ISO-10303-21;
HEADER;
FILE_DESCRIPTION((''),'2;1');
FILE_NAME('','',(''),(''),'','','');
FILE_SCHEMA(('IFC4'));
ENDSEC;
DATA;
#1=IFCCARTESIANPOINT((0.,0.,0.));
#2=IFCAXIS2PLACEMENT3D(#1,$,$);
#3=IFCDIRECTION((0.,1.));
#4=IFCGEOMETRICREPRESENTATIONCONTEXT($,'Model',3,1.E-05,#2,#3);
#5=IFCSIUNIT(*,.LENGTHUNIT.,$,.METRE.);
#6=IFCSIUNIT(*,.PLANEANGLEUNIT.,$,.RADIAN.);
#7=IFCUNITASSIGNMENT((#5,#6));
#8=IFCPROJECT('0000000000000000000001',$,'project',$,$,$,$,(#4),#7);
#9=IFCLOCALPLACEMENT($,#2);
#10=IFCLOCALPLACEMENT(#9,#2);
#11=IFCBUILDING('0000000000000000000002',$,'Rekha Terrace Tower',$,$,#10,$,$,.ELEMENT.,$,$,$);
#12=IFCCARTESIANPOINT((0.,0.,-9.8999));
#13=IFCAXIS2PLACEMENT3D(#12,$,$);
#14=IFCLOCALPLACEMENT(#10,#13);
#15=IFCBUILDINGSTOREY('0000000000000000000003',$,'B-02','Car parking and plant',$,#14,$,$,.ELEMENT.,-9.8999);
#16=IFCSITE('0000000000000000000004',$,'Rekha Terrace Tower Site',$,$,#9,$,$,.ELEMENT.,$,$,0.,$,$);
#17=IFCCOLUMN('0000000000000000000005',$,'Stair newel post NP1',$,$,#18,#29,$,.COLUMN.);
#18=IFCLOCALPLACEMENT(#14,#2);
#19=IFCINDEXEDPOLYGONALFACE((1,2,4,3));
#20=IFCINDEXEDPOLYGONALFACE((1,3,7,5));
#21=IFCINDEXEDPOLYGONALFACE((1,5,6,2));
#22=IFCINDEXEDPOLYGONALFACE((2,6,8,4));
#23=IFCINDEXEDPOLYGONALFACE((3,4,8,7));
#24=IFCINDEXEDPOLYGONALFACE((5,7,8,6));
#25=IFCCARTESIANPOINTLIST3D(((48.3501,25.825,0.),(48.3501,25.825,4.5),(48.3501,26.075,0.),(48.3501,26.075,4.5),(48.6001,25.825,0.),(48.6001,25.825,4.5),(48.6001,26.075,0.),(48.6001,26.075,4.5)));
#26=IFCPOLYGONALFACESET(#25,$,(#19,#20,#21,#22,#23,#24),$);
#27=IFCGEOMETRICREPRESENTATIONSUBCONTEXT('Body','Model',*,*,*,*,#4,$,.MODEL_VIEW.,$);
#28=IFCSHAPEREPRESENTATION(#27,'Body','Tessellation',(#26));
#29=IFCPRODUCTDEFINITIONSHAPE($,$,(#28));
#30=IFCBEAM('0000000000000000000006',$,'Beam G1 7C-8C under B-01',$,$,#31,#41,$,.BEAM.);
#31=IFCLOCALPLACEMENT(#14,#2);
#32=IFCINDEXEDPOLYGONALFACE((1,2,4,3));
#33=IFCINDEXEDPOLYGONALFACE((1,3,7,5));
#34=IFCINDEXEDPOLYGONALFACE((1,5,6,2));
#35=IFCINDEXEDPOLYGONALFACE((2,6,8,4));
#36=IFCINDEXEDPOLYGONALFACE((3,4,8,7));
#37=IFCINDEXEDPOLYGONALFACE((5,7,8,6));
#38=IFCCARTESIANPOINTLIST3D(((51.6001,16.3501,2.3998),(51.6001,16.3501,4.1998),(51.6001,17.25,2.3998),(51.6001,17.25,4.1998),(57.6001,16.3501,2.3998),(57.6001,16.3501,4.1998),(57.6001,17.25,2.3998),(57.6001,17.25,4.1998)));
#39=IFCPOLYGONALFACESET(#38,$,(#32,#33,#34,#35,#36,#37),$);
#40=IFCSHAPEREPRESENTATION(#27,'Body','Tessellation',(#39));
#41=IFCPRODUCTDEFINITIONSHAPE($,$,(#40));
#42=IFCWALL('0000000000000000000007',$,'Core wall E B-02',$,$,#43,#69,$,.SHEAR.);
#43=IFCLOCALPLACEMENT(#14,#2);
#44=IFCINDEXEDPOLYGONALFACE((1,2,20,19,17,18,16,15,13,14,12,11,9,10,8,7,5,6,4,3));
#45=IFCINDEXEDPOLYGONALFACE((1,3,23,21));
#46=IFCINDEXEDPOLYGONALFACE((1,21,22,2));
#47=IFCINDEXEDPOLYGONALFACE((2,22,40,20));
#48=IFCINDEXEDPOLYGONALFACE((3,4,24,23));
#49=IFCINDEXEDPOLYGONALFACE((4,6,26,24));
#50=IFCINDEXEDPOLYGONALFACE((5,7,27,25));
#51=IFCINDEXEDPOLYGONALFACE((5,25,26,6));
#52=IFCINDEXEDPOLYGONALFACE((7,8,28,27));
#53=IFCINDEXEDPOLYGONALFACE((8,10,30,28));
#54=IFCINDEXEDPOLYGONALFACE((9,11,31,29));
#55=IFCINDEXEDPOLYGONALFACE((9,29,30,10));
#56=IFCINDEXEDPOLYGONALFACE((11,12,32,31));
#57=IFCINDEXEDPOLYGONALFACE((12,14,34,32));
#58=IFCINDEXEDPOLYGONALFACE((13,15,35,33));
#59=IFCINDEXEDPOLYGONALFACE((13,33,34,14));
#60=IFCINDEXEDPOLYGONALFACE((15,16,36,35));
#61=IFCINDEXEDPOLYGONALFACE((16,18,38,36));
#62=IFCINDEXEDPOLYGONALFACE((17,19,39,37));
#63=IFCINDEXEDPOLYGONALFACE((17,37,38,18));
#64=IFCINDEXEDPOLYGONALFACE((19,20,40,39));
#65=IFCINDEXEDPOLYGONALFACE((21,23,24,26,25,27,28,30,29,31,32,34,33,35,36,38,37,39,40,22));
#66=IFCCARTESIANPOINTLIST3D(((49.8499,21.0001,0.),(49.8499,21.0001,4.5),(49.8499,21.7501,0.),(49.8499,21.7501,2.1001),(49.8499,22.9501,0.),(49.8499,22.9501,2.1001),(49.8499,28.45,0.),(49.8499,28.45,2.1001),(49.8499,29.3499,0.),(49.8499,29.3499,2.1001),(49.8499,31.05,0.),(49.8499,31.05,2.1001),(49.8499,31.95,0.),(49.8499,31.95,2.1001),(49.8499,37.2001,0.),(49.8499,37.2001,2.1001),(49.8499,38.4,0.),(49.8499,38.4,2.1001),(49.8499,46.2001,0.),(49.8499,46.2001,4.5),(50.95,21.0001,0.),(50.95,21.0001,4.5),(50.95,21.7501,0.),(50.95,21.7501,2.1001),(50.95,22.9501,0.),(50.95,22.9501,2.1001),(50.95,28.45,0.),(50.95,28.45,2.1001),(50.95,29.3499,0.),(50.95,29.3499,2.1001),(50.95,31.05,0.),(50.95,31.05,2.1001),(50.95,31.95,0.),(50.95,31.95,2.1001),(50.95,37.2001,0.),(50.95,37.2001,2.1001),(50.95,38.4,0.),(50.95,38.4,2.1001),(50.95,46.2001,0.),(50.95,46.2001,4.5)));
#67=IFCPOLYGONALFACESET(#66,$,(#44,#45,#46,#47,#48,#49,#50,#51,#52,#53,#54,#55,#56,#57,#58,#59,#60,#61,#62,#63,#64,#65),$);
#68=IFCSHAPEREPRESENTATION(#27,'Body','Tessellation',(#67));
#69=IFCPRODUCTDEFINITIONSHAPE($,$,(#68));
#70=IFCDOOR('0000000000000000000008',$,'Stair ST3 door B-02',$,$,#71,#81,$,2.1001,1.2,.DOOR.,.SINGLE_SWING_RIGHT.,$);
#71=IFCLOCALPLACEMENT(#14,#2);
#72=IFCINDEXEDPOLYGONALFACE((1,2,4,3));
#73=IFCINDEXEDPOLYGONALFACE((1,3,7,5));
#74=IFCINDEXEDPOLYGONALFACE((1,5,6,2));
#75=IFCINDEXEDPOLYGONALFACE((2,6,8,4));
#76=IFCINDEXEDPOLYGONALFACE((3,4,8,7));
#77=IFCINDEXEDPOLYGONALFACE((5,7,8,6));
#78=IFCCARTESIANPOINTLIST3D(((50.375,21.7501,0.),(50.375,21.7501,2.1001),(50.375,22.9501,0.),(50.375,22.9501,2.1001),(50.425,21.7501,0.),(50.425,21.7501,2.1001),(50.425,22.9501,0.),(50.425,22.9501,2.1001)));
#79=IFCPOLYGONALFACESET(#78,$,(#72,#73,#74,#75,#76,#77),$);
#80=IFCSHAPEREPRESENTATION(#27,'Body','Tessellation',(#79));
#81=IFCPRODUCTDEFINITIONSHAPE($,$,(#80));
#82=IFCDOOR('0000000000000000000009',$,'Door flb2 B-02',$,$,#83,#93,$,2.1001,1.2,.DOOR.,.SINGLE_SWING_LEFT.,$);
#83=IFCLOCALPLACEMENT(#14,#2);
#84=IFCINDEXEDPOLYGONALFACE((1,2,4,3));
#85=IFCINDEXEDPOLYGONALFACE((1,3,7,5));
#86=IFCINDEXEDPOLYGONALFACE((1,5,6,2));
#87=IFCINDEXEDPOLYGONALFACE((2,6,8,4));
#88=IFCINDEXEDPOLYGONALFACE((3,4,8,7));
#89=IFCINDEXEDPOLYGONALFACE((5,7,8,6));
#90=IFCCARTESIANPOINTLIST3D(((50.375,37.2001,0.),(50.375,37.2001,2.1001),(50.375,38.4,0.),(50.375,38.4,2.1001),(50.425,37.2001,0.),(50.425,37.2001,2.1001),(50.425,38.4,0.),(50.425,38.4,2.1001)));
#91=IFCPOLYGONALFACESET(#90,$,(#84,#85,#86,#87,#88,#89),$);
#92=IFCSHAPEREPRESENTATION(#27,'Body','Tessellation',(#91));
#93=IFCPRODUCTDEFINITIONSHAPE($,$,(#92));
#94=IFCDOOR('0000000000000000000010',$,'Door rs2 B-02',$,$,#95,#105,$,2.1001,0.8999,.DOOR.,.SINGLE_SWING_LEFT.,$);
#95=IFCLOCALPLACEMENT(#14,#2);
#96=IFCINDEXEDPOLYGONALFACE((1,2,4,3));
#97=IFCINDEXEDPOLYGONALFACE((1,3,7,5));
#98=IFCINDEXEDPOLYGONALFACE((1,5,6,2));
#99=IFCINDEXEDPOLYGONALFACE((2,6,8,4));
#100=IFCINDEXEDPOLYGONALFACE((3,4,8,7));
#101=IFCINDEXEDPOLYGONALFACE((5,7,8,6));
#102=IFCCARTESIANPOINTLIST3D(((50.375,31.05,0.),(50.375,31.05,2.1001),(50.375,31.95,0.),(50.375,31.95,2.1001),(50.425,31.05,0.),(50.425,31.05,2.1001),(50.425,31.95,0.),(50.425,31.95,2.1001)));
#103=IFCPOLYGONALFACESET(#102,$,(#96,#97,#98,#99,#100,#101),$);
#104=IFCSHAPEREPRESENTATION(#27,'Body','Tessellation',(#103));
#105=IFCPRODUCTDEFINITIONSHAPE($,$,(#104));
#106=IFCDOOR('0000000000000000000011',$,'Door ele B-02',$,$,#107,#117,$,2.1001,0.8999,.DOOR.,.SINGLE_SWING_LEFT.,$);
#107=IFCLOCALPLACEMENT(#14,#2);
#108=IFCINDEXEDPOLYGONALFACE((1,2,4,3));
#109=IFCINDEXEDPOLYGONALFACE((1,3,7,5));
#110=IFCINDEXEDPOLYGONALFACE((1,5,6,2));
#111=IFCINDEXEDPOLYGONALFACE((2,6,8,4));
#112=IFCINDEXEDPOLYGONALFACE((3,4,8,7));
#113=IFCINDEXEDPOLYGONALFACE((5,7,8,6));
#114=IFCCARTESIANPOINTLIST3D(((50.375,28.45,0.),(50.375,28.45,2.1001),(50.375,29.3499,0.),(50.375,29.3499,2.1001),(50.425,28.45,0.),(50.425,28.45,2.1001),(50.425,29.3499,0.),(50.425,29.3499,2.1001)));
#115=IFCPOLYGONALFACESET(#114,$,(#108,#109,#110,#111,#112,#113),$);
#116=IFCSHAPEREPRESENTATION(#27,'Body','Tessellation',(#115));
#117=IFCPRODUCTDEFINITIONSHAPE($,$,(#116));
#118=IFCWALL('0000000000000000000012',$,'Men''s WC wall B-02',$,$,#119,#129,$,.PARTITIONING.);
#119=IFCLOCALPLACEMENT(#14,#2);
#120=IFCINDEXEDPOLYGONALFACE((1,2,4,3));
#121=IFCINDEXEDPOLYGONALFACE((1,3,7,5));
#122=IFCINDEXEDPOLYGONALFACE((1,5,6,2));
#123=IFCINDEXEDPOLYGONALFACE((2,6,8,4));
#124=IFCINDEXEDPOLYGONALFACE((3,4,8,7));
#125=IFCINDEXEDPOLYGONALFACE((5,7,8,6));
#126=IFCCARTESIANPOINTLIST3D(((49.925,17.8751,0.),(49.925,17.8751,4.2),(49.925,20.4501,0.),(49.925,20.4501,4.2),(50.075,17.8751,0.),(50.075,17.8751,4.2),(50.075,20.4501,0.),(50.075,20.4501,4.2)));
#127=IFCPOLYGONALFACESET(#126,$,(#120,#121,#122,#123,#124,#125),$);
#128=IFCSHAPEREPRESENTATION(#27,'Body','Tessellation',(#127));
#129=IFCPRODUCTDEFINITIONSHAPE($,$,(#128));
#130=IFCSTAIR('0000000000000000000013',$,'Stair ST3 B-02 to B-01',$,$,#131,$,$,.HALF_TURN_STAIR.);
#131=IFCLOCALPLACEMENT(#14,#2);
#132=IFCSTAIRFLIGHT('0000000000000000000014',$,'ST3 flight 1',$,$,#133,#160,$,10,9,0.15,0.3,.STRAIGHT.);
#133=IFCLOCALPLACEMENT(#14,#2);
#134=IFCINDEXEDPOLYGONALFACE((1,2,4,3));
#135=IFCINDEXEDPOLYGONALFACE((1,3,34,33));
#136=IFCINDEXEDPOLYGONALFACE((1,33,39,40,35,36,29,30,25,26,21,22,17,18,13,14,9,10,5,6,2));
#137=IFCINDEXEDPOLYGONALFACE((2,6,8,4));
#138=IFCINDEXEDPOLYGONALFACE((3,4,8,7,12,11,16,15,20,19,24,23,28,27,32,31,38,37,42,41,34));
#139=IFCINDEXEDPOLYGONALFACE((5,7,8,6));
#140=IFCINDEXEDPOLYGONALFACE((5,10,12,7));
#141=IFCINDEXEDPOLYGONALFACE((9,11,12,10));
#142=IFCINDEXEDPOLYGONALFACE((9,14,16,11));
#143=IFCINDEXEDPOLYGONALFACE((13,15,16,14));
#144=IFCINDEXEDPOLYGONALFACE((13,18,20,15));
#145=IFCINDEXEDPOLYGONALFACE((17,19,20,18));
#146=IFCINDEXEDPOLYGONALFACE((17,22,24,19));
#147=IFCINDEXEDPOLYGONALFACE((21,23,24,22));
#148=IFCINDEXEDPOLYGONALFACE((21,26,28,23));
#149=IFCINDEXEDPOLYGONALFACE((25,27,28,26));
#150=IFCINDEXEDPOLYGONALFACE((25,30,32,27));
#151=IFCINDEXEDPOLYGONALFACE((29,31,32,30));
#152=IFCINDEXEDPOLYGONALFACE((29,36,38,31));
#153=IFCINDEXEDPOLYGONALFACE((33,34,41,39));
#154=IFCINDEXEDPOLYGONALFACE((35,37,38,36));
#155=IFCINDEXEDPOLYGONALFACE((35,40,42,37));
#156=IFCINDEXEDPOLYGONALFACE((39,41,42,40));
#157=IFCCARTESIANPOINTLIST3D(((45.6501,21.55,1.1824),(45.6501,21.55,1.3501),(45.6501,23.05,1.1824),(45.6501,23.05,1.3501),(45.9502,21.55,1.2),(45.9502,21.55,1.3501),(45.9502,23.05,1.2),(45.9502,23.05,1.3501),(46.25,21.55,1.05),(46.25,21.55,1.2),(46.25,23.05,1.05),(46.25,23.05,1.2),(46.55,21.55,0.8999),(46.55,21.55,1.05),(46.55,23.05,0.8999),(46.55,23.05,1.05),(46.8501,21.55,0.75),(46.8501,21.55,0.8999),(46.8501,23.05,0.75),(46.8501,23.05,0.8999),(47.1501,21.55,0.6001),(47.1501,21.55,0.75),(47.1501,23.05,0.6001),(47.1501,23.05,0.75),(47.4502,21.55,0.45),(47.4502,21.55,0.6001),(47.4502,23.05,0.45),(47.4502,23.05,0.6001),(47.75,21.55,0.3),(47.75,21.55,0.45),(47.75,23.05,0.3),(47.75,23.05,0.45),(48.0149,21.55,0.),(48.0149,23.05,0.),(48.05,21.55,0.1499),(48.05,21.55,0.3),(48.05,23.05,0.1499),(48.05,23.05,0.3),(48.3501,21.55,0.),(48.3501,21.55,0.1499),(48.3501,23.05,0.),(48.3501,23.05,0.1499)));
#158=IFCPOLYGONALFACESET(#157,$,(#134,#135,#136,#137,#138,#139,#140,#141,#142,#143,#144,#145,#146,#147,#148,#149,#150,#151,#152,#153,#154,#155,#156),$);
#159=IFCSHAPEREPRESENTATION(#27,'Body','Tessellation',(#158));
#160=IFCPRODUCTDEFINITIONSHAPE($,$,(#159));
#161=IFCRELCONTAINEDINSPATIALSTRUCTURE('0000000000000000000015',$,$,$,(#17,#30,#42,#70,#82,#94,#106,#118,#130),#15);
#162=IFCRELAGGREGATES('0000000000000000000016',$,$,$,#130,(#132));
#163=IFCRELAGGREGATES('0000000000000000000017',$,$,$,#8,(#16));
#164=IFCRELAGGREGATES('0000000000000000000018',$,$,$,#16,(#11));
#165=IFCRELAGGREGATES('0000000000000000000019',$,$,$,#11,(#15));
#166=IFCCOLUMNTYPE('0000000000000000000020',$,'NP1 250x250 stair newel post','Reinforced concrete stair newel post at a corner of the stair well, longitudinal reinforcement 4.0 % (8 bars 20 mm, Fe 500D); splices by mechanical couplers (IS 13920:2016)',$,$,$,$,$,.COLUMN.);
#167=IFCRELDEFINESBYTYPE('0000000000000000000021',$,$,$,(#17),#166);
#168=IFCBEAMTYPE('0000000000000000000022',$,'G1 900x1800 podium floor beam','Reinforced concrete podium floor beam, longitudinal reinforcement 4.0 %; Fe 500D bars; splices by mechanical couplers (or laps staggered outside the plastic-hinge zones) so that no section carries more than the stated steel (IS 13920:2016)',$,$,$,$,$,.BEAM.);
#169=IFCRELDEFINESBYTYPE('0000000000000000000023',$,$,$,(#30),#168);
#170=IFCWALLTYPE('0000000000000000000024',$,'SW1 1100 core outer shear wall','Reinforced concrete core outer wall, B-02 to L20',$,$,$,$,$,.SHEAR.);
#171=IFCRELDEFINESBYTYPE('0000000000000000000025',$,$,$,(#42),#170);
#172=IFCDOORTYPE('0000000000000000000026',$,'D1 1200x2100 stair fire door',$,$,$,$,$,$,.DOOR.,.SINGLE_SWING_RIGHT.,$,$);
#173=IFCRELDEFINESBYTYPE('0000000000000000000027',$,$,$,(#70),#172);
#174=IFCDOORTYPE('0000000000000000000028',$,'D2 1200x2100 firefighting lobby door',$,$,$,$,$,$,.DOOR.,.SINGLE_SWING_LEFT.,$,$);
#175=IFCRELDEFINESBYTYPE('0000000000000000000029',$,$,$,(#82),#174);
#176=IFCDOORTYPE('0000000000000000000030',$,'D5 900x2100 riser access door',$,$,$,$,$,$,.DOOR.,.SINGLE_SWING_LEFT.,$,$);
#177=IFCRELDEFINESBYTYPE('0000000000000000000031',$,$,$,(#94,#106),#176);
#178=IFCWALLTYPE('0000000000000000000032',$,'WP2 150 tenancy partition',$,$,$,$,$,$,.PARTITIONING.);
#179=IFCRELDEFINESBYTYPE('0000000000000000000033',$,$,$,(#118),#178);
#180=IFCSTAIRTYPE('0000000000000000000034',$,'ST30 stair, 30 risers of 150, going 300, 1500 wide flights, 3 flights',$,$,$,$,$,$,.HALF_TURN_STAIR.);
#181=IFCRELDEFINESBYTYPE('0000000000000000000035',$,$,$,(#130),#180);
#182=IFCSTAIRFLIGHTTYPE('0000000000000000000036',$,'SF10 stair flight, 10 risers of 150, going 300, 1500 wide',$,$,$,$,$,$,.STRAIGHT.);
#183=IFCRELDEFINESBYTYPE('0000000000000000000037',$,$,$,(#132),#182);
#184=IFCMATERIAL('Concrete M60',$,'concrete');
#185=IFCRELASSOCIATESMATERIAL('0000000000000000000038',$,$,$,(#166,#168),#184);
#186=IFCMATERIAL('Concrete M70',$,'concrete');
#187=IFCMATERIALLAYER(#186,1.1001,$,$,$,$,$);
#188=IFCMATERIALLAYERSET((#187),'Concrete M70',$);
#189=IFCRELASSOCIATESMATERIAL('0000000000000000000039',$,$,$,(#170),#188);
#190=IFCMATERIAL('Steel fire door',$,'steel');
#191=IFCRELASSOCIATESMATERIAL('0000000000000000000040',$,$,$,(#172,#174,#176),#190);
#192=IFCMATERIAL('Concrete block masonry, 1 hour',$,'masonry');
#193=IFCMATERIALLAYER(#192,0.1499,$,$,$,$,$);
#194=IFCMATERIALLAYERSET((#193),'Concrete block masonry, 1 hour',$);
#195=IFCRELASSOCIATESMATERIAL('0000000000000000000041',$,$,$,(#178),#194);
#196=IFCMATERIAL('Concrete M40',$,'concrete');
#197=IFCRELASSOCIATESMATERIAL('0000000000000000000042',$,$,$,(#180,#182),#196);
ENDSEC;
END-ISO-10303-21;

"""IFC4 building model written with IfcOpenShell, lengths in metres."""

from ifc_helpers import new_model, si_unit, direction, frame, frame_2d, origin, origin_2d, place, context, subcontext, project, spatial, polyline, rectangle, outline, extrude, material, layer, layer_set, material_profile, profile_set, type_object, element, fill, aggregate, save


model = new_model("IFC4")

# Units and contexts
model_context = context("Model", 3, precision=1e-05, world=origin(), true_north=direction((0.0, 1.0)))
body_context = subcontext(model_context, "Body", "Model", "MODEL_VIEW")
ifc_project = project(units=[si_unit("LENGTHUNIT", "METRE"), si_unit("PLANEANGLEUNIT", "RADIAN")], contexts=[model_context])

# Site, building, storey
site_placement = place(None, origin())
site = spatial("IfcSite", under=ifc_project, at=site_placement, Name="Rekha Terrace Tower Site", CompositionType="ELEMENT", RefElevation=0.0)
building_placement = place(site_placement, origin())
building = spatial("IfcBuilding", under=site, at=building_placement, Name="Rekha Terrace Tower", CompositionType="ELEMENT")
storey_placement = place(building_placement, frame((0.0, 0.0, -9.8999)))
storey = spatial("IfcBuildingStorey", under=building, at=storey_placement, Name="B-02", Description="Car parking and plant", CompositionType="ELEMENT", Elevation=-9.8999)

# Column
ifc_material_1 = material(Name="Concrete M70", Category="concrete")
ifc_material_2 = material(Name="Concrete M60", Category="concrete")
ifc_material_profile_1 = material_profile(ifc_material_2, rectangle(XDim=0.25, YDim=0.25, at=origin_2d()), Name="RC 250x250")
ifc_profile_set_1 = profile_set([ifc_material_profile_1], Name="Concrete M60")
column_type_1 = type_object("IfcColumnType", Name="NP1 250x250 stair newel post", Description="Reinforced concrete stair newel post at a corner of the stair well, longitudinal reinforcement 4.0 % (8 bars 20 mm, Fe 500D); splices by mechanical couplers (IS 13920:2016)", PredefinedType="COLUMN", material=ifc_profile_set_1)
for number, where, z_axis, x_axis, name in (
    (1, (48.4751, 25.95, 0.0), (0.0, 0.0, 1.0), (1.0, 0.0, 0.0), "Stair newel post NP1"),
):
    element("IfcColumn", number, at=place(storey_placement, frame(where, z_axis=z_axis, x_axis=x_axis)), inside=storey, type_object=column_type_1, Name=name, PredefinedType="COLUMN", context=body_context, shape_type="SweptSolid", body=[
        extrude(rectangle(XDim=0.25, YDim=0.25, at=origin_2d()), origin(), (0.0, 0.0, 1.0), 4.5),
    ])

# Beam
ifc_material_profile_2 = material_profile(ifc_material_2, rectangle(XDim=0.8999, YDim=1.8, at=origin_2d()), Name="RC 900x1800")
ifc_profile_set_2 = profile_set([ifc_material_profile_2], Name="Concrete M60")
beam_type = type_object("IfcBeamType", Name="G1 900x1800 podium floor beam", Description="Reinforced concrete podium floor beam, longitudinal reinforcement 4.0 %; Fe 500D bars; splices by mechanical couplers (or laps staggered outside the plastic-hinge zones) so that no section carries more than the stated steel (IS 13920:2016)", PredefinedType="BEAM", material=ifc_profile_set_2)
beam_placement = place(storey_placement, frame((51.6001, 16.8, 3.2998), z_axis=(1.0, 0.0, 0.0), x_axis=(0.0, 1.0, 0.0)))
element("IfcBeam", 2, at=beam_placement, inside=storey, type_object=beam_type, Name="Beam G1 7C-8C under B-01", PredefinedType="BEAM", context=body_context, shape_type="SweptSolid", body=[
    extrude(rectangle(XDim=0.8999, YDim=1.8, at=origin_2d()), origin(), (0.0, 0.0, 1.0), 6.0),
])

# Wall, openings, doors
ifc_layer_1 = layer(ifc_material_1, 1.1001)
ifc_layer_set_1 = layer_set([ifc_layer_1], Name="Concrete M70")
wall_type_1 = type_object("IfcWallType", Name="SW1 1100 core outer shear wall", Description="Reinforced concrete core outer wall, B-02 to L20", PredefinedType="SHEAR", material=ifc_layer_set_1)
wall_1_placement = place(storey_placement, frame((50.3999, 21.0, 0.0), z_axis=(0.0, 0.0, 1.0), x_axis=(0.0, 1.0, 0.0)))
wall_1 = element("IfcWall", 3, at=wall_1_placement, inside=storey, type_object=wall_type_1, Name="Core wall E B-02", PredefinedType="SHEAR", context=body_context, shape_type="SweptSolid", body=[
    extrude(rectangle(XDim=25.2, YDim=1.1001, at=frame_2d((12.6001, 0.0))), origin(), (0.0, 0.0, 1.0), 4.5),
])
opening_1_placement = place(wall_1_placement, frame((16.2, 0.0, 0.0)))
opening_1 = element("IfcOpeningElement", 4, at=opening_1_placement, cuts=wall_1, PredefinedType="OPENING", context=body_context, shape_type="SweptSolid", body=[
    extrude(rectangle(XDim=1.2, YDim=2.1001, at=frame_2d((0.6001, 1.05))), frame((0.0, 0.5601, 0.0), z_axis=(0.0, -1.0, 0.0), x_axis=(1.0, 0.0, 0.0)), (0.0, 0.0, 1.0), 1.1201),
])
opening_2_placement = place(wall_1_placement, frame((10.05, 0.0, 0.0)))
opening_2 = element("IfcOpeningElement", 5, at=opening_2_placement, cuts=wall_1, PredefinedType="OPENING", context=body_context, shape_type="SweptSolid", body=[
    extrude(rectangle(XDim=0.8999, YDim=2.1001, at=frame_2d((0.45, 1.05))), frame((0.0, 0.5601, 0.0), z_axis=(0.0, -1.0, 0.0), x_axis=(1.0, 0.0, 0.0)), (0.0, 0.0, 1.0), 1.1201),
])
opening_3_placement = place(wall_1_placement, frame((7.45, 0.0, 0.0)))
opening_3 = element("IfcOpeningElement", 6, at=opening_3_placement, cuts=wall_1, PredefinedType="OPENING", context=body_context, shape_type="SweptSolid", body=[
    extrude(rectangle(XDim=0.8999, YDim=2.1001, at=frame_2d((0.45, 1.05))), frame((0.0, 0.5601, 0.0), z_axis=(0.0, -1.0, 0.0), x_axis=(1.0, 0.0, 0.0)), (0.0, 0.0, 1.0), 1.1201),
])
opening_4_placement = place(wall_1_placement, frame((0.75, 0.0, 0.0)))
opening_4 = element("IfcOpeningElement", 7, at=opening_4_placement, cuts=wall_1, PredefinedType="OPENING", context=body_context, shape_type="SweptSolid", body=[
    extrude(rectangle(XDim=1.2, YDim=2.1001, at=frame_2d((0.6001, 1.05))), frame((0.0, 0.5601, 0.0), z_axis=(0.0, -1.0, 0.0), x_axis=(1.0, 0.0, 0.0)), (0.0, 0.0, 1.0), 1.1201),
])
ifc_material_3 = material(Name="Steel fire door", Category="steel")
door_type_1 = type_object("IfcDoorType", Name="D1 1200x2100 stair fire door", OperationType="SINGLE_SWING_RIGHT", PredefinedType="DOOR", material=ifc_material_3)
door_1_placement = place(opening_4_placement, origin())
door_1 = element("IfcDoor", 8, at=door_1_placement, inside=storey, type_object=door_type_1, Name="Stair ST3 door B-02", OperationType="SINGLE_SWING_RIGHT", OverallHeight=2.1001, OverallWidth=1.2, PredefinedType="DOOR", context=body_context, shape_type="SweptSolid", body=[
    extrude(rectangle(XDim=1.2, YDim=2.1001, at=frame_2d((0.6001, 1.05))), frame((0.0, 0.0249, 0.0), z_axis=(0.0, -1.0, 0.0), x_axis=(1.0, 0.0, 0.0)), (0.0, 0.0, 1.0), 0.05),
])
fill(opening_4, door_1)
door_type_2 = type_object("IfcDoorType", Name="D2 1200x2100 firefighting lobby door", OperationType="SINGLE_SWING_LEFT", PredefinedType="DOOR", material=ifc_material_3)
door_2_placement = place(opening_1_placement, origin())
door_2 = element("IfcDoor", 9, at=door_2_placement, inside=storey, type_object=door_type_2, Name="Door flb2 B-02", OperationType="SINGLE_SWING_LEFT", OverallHeight=2.1001, OverallWidth=1.2, PredefinedType="DOOR", context=body_context, shape_type="SweptSolid", body=[
    extrude(rectangle(XDim=1.2, YDim=2.1001, at=frame_2d((0.6001, 1.05))), frame((0.0, 0.0249, 0.0), z_axis=(0.0, -1.0, 0.0), x_axis=(1.0, 0.0, 0.0)), (0.0, 0.0, 1.0), 0.05),
])
fill(opening_1, door_2)
door_type_3 = type_object("IfcDoorType", Name="D5 900x2100 riser access door", OperationType="SINGLE_SWING_LEFT", PredefinedType="DOOR", material=ifc_material_3)
door_3_placement = place(opening_2_placement, origin())
door_3 = element("IfcDoor", 10, at=door_3_placement, inside=storey, type_object=door_type_3, Name="Door rs2 B-02", OperationType="SINGLE_SWING_LEFT", OverallHeight=2.1001, OverallWidth=0.8999, PredefinedType="DOOR", context=body_context, shape_type="SweptSolid", body=[
    extrude(rectangle(XDim=0.8999, YDim=2.1001, at=frame_2d((0.45, 1.05))), frame((0.0, 0.0249, 0.0), z_axis=(0.0, -1.0, 0.0), x_axis=(1.0, 0.0, 0.0)), (0.0, 0.0, 1.0), 0.05),
])
fill(opening_2, door_3)
door_4_placement = place(opening_3_placement, origin())
door_4 = element("IfcDoor", 11, at=door_4_placement, inside=storey, type_object=door_type_3, Name="Door ele B-02", OperationType="SINGLE_SWING_LEFT", OverallHeight=2.1001, OverallWidth=0.8999, PredefinedType="DOOR", context=body_context, shape_type="SweptSolid", body=[
    extrude(rectangle(XDim=0.8999, YDim=2.1001, at=frame_2d((0.45, 1.05))), frame((0.0, 0.0249, 0.0), z_axis=(0.0, -1.0, 0.0), x_axis=(1.0, 0.0, 0.0)), (0.0, 0.0, 1.0), 0.05),
])
fill(opening_3, door_4)

# Wall
ifc_material_4 = material(Name="Concrete block masonry, 1 hour", Category="masonry")
ifc_layer_2 = layer(ifc_material_4, 0.1499)
ifc_layer_set_2 = layer_set([ifc_layer_2], Name="Concrete block masonry, 1 hour")
wall_type_2 = type_object("IfcWallType", Name="WP2 150 tenancy partition", PredefinedType="PARTITIONING", material=ifc_layer_set_2)
wall_2_placement = place(storey_placement, frame((50.0, 17.875, 0.0), z_axis=(0.0, 0.0, 1.0), x_axis=(0.0, 1.0, 0.0)))
element("IfcWall", 12, at=wall_2_placement, inside=storey, type_object=wall_type_2, Name="Men's WC wall B-02", PredefinedType="PARTITIONING", context=body_context, shape_type="SweptSolid", body=[
    extrude(rectangle(XDim=2.575, YDim=0.1499, at=frame_2d((1.2876, 0.0))), origin(), (0.0, 0.0, 1.0), 4.2),
])

# Stair, stair flight
ifc_material_5 = material(Name="Concrete M40", Category="concrete")
stair_type = type_object("IfcStairType", Name="ST30 stair, 30 risers of 150, going 300, 1500 wide flights, 3 flights", PredefinedType="HALF_TURN_STAIR", material=ifc_material_5)
stair_placement = place(storey_placement, origin())
stair = element("IfcStair", 13, at=stair_placement, inside=storey, type_object=stair_type, Name="Stair ST3 B-02 to B-01", PredefinedType="HALF_TURN_STAIR")
stair_flight_type = type_object("IfcStairFlightType", Name="SF10 stair flight, 10 risers of 150, going 300, 1500 wide", PredefinedType="STRAIGHT", material=ifc_material_5)
stair_flight_1_placement = place(storey_placement, frame((48.3501, 22.3, 0.0), z_axis=(0.0, 0.0, 1.0), x_axis=(-1.0, 0.0, 0.0)))
stair_flight_1 = element("IfcStairFlight", 14, at=stair_flight_1_placement, type_object=stair_flight_type, Name="ST3 flight 1", NumberOfRisers=10, NumberOfTreads=9, PredefinedType="STRAIGHT", RiserHeight=0.15, TreadLength=0.3, context=body_context, shape_type="SweptSolid", body=[
    extrude(outline(polyline([(0.0, 0.0), (0.0, 0.1499), (0.3, 0.1499), (0.3, 0.3), (0.6001, 0.3), (0.6001, 0.45), (0.8999, 0.45), (0.8999, 0.6001), (1.2, 0.6001), (1.2, 0.75), (1.5, 0.75), (1.5, 0.8999), (1.8, 0.8999), (1.8, 1.05), (2.1001, 1.05), (2.1001, 1.2), (2.3999, 1.2), (2.3999, 1.3501), (2.7, 1.3501), (2.7, 1.5), (2.7, 1.1824), (0.3352, 0.0), (0.0, 0.0)])), frame((0.0, 0.75, 0.0), z_axis=(0.0, -1.0, 0.0), x_axis=(1.0, 0.0, 0.0)), (0.0, 0.0, 1.0), 1.5),
])
aggregate(stair, [stair_flight_1])

save(model, "model.ifc")
